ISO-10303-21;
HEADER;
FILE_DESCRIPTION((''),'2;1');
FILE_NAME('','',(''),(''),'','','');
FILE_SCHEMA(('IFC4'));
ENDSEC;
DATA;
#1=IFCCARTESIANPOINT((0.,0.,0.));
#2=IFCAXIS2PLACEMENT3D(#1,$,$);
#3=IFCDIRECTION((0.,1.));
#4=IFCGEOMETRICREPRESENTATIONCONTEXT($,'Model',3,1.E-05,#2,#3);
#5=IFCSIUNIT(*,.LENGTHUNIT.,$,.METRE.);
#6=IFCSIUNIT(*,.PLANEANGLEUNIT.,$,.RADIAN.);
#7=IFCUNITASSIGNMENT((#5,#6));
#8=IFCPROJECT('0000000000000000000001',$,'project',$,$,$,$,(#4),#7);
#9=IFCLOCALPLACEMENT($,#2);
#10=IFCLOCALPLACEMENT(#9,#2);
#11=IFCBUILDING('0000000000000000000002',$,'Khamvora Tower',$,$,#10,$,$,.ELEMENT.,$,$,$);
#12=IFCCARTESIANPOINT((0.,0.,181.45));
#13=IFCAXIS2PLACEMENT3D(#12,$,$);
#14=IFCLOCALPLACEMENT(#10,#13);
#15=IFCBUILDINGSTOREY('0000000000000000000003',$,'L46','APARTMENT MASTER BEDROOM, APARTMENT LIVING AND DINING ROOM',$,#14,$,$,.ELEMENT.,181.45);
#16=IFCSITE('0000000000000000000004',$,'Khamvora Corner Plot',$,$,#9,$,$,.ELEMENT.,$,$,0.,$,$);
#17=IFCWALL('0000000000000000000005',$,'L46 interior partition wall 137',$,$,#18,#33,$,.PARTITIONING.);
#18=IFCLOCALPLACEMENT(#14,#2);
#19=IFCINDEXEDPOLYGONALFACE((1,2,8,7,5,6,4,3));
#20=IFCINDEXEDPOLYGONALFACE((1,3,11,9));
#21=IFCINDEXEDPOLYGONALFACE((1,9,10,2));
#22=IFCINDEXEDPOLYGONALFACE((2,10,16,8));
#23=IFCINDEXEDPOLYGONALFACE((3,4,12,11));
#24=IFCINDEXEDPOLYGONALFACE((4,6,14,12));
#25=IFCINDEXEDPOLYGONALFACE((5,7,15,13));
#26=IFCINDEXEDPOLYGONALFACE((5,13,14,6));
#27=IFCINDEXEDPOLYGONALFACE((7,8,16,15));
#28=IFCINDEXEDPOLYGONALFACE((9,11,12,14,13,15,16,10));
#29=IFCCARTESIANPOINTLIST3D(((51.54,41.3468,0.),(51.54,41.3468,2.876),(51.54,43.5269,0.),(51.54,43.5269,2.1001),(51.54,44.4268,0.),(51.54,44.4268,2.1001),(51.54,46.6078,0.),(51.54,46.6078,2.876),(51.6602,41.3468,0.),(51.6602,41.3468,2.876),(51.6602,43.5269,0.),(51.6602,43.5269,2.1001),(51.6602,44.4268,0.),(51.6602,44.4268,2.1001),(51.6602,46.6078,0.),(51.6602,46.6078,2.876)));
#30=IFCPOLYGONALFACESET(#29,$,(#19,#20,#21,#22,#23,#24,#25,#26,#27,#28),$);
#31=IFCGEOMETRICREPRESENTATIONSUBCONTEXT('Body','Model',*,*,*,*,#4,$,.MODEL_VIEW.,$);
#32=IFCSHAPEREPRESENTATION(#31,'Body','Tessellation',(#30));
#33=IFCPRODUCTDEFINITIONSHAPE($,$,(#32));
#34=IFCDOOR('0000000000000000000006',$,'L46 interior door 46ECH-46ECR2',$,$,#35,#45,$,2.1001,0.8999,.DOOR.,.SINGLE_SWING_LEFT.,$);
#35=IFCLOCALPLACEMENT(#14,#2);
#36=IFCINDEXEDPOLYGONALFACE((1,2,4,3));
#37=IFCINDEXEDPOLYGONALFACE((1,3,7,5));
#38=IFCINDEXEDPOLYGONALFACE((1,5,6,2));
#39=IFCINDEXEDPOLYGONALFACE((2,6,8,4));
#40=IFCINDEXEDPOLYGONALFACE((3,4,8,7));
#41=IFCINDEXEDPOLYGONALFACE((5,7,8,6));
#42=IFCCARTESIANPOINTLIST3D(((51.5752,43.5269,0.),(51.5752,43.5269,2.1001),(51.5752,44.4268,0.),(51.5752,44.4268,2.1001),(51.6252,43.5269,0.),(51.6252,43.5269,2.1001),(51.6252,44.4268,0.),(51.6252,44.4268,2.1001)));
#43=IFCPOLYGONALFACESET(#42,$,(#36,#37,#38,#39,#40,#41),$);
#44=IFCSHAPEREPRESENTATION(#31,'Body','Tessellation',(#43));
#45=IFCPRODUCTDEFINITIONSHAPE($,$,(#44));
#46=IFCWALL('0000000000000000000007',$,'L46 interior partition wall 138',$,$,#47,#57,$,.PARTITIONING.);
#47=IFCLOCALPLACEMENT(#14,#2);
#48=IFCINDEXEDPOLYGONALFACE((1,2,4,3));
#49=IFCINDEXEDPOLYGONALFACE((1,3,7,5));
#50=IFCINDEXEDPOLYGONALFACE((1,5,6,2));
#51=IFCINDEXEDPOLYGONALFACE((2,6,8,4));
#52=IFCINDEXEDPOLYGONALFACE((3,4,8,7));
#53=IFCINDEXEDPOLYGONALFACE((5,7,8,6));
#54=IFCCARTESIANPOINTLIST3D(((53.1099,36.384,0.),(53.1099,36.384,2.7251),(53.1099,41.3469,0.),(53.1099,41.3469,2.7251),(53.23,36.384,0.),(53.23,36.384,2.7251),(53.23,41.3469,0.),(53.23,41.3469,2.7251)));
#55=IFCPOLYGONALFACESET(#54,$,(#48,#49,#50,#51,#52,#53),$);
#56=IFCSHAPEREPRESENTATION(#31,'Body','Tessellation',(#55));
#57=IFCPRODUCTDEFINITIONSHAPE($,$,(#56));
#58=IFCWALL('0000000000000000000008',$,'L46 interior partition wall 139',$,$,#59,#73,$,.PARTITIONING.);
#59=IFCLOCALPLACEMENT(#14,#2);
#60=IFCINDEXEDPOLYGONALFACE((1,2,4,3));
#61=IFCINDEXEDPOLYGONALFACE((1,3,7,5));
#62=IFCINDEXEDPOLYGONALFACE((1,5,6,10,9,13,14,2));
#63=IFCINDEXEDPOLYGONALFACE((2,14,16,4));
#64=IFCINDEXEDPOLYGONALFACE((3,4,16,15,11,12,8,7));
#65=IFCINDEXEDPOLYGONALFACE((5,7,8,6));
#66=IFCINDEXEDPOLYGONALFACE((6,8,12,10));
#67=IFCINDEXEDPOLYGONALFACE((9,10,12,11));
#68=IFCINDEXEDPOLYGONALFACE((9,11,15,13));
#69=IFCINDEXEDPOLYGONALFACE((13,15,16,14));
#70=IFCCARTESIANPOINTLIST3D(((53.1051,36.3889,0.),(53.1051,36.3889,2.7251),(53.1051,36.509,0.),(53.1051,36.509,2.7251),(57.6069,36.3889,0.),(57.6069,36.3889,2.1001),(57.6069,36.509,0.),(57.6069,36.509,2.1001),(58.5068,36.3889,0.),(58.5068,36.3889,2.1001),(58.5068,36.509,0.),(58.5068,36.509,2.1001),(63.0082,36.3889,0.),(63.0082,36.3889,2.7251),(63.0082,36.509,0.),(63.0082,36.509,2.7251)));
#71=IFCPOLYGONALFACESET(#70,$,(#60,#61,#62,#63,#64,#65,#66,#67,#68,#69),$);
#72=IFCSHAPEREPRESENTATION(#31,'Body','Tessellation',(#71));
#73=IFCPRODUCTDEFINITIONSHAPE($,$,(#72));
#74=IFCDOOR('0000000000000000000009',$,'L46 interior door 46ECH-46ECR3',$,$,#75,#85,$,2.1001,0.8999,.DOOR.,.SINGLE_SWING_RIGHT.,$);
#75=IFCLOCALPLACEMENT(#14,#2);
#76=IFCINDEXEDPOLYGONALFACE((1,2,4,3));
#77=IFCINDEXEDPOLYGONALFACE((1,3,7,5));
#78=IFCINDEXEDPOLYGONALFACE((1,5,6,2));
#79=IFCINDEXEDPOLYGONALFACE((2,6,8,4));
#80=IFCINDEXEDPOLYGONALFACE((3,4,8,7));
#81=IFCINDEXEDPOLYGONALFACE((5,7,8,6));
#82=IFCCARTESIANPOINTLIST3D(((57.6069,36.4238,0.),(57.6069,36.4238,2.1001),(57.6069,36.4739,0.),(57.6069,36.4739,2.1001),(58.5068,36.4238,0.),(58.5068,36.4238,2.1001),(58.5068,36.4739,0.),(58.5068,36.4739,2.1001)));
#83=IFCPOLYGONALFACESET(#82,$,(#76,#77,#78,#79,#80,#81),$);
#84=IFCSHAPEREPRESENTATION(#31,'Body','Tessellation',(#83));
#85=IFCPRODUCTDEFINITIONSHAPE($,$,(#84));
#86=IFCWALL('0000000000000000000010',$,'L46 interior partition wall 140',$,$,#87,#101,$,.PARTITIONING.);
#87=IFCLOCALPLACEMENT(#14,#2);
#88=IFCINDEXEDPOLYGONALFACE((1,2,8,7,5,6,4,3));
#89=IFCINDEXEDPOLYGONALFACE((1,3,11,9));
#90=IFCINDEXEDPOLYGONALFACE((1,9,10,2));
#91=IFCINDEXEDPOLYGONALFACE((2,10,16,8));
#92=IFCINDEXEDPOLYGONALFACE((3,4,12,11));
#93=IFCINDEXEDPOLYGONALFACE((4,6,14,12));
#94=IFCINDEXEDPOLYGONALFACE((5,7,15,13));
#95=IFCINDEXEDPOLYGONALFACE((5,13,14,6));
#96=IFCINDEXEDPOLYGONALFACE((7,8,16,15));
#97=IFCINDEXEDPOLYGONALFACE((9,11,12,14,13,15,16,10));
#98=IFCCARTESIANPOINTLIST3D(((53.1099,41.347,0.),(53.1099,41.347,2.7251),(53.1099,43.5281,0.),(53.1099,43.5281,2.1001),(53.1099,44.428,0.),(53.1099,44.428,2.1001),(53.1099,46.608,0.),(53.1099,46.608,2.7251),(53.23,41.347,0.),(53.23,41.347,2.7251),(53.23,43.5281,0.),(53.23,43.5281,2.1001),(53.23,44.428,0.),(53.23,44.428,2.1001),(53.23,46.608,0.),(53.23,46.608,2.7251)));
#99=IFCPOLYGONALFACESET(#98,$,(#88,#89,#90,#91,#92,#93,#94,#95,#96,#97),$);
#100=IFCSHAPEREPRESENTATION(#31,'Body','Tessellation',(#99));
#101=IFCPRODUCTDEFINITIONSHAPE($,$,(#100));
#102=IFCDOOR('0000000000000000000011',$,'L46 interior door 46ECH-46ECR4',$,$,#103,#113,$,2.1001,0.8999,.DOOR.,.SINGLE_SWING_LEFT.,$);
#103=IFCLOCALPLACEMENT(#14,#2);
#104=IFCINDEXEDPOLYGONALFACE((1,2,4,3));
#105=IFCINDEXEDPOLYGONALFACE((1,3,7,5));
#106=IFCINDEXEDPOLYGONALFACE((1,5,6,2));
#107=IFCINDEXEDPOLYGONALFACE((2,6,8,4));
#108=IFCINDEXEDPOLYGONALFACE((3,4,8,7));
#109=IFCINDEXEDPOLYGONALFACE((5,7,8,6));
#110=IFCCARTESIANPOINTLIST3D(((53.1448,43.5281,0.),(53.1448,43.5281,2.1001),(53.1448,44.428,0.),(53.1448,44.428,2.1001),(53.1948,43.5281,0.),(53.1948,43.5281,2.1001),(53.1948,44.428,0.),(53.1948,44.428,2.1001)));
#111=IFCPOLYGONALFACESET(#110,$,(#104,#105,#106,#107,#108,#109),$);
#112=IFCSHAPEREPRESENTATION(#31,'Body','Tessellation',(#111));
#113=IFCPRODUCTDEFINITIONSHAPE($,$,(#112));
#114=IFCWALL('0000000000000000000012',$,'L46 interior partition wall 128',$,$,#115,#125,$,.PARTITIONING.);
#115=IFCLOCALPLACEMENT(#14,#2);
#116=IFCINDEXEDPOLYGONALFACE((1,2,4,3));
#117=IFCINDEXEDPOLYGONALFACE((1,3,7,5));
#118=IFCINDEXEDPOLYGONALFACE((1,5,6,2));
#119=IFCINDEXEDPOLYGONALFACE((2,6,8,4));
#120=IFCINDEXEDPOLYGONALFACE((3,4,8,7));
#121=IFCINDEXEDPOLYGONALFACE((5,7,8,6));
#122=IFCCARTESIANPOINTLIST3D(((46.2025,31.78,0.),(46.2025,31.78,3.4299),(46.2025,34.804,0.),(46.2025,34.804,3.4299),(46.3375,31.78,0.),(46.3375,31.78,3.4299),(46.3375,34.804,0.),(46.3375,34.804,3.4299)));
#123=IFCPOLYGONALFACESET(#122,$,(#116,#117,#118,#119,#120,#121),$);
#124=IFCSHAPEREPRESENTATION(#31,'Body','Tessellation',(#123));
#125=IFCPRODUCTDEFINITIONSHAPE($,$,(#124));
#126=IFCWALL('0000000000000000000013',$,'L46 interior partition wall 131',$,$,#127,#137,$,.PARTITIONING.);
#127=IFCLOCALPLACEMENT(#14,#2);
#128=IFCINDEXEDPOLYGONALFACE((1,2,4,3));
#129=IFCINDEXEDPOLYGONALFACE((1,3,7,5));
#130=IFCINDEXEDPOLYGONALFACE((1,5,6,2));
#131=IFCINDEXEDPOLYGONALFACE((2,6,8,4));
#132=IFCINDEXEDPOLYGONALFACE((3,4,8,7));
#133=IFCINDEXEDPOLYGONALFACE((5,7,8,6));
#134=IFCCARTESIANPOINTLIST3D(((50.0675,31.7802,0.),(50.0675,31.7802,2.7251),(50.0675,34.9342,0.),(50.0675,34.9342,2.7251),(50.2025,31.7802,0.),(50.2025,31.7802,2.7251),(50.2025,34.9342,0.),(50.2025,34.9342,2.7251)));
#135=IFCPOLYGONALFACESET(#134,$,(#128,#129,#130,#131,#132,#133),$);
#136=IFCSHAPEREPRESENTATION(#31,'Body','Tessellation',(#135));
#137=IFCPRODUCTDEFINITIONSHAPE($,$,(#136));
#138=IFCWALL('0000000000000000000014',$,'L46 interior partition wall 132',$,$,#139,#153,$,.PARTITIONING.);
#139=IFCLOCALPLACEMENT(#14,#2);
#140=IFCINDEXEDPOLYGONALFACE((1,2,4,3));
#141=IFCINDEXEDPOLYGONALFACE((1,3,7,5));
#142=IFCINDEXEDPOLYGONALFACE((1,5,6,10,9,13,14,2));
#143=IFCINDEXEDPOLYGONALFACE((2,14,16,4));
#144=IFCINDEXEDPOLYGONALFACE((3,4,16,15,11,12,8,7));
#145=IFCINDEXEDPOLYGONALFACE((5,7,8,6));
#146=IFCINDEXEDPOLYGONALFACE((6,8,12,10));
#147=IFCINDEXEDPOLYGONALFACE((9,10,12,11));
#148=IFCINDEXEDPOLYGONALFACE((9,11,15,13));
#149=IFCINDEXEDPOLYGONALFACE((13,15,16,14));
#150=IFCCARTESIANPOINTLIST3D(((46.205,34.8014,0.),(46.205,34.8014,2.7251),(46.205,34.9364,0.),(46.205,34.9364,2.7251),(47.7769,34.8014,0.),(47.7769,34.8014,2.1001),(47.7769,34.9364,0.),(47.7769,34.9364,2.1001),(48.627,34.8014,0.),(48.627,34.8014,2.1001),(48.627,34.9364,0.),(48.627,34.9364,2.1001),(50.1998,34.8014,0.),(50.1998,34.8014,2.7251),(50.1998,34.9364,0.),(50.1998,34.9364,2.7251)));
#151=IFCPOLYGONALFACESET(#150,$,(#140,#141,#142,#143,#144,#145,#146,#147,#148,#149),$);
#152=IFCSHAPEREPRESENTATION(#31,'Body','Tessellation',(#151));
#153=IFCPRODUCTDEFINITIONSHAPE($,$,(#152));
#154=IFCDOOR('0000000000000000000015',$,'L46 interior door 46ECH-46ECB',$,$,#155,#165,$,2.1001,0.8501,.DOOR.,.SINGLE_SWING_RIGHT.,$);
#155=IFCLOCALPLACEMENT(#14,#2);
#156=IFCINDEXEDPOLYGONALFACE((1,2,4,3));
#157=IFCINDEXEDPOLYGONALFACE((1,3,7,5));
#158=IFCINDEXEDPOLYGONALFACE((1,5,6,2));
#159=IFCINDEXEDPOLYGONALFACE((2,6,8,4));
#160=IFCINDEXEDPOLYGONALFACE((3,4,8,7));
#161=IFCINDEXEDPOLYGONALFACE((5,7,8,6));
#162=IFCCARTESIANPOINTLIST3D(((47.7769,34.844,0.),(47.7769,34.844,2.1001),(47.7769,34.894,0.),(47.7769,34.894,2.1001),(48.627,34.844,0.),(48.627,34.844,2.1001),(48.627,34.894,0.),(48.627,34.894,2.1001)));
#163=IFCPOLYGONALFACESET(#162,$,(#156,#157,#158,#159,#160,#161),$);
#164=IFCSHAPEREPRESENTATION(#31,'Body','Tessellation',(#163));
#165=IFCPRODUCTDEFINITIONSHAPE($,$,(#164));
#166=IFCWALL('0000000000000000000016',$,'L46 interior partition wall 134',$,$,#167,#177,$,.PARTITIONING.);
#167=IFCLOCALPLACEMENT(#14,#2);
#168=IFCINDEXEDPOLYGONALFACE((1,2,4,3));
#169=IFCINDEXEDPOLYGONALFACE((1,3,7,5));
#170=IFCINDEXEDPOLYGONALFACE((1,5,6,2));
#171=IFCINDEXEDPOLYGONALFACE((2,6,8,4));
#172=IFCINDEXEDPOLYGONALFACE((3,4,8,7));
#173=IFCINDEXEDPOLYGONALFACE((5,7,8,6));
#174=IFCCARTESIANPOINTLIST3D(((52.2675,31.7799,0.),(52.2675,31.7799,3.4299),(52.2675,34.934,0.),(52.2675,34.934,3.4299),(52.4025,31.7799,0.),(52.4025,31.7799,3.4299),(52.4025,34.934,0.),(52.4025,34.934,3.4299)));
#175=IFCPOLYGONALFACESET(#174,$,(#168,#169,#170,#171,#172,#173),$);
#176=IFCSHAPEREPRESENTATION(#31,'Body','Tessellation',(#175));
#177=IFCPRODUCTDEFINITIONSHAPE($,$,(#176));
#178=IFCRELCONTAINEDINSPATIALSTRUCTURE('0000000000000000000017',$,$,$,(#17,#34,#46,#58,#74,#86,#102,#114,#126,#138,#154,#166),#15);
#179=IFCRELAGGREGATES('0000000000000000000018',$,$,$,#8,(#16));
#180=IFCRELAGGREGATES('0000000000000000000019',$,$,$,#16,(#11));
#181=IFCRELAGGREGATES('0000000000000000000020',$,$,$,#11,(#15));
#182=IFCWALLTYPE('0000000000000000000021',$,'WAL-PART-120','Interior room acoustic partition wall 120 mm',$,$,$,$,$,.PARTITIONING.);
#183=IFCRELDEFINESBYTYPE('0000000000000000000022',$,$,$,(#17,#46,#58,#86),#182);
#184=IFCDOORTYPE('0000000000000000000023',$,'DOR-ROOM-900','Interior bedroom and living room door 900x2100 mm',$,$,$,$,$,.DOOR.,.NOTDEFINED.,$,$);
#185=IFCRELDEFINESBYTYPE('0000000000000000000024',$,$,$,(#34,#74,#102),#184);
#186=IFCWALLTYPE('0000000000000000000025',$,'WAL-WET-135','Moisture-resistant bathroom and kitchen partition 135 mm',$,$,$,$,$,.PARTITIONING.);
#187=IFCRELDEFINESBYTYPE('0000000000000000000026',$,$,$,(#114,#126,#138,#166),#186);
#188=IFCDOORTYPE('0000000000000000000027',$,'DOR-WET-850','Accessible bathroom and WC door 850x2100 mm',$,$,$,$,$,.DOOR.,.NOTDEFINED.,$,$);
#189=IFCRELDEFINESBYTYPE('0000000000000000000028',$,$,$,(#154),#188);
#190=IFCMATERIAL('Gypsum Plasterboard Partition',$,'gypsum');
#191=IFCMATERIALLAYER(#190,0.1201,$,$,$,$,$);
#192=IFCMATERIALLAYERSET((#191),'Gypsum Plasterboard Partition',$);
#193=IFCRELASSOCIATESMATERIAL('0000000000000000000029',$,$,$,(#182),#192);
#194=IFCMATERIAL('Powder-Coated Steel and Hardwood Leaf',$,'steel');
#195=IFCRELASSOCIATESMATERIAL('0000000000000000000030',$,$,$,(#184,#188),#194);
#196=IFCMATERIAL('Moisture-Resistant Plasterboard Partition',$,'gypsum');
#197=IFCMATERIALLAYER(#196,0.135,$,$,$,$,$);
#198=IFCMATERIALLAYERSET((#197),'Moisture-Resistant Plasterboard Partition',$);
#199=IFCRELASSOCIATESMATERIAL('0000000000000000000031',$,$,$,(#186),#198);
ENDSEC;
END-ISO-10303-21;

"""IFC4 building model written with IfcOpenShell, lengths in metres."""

from ifc_helpers import new_model, si_unit, direction, frame, frame_2d, origin, place, context, subcontext, project, spatial, rectangle, extrude, material, layer, layer_set, type_object, element, fill, save


model = new_model("IFC4")

# Units and contexts
model_context = context("Model", 3, precision=1e-05, world=origin(), true_north=direction((0.0, 1.0)))
body_context = subcontext(model_context, "Body", "Model", "MODEL_VIEW")
ifc_project = project(units=[si_unit("LENGTHUNIT", "METRE"), si_unit("PLANEANGLEUNIT", "RADIAN")], contexts=[model_context])

# Site, building, storey
site_placement = place(None, origin())
site = spatial("IfcSite", under=ifc_project, at=site_placement, Name="Khamvora Corner Plot", CompositionType="ELEMENT", RefElevation=0.0)
building_placement = place(site_placement, origin())
building = spatial("IfcBuilding", under=site, at=building_placement, Name="Khamvora Tower", CompositionType="ELEMENT")
storey_placement = place(building_placement, frame((0.0, 0.0, 181.45)))
storey = spatial("IfcBuildingStorey", under=building, at=storey_placement, Name="L46", Description="APARTMENT MASTER BEDROOM, APARTMENT LIVING AND DINING ROOM", CompositionType="ELEMENT", Elevation=181.45)

# Shared definitions
ifc_material_1 = material(Name="Powder-Coated Steel and Hardwood Leaf", Category="steel")

# Shared definitions
ifc_material_2 = material(Name="Gypsum Plasterboard Partition", Category="gypsum")
ifc_layer_1 = layer(ifc_material_2, 0.1201)
ifc_layer_set_1 = layer_set([ifc_layer_1], Name="Gypsum Plasterboard Partition")
wall_type_1 = type_object("IfcWallType", Name="WAL-PART-120", Description="Interior room acoustic partition wall 120 mm", PredefinedType="PARTITIONING", material=ifc_layer_set_1)

# Wall, opening, door
wall_1_placement = place(storey_placement, frame((51.6001, 41.3469, 0.0), z_axis=(0.0, 0.0, 1.0), x_axis=(0.0, 1.0, 0.0)))
wall_1 = element("IfcWall", 1, at=wall_1_placement, inside=storey, type_object=wall_type_1, Name="L46 interior partition wall 137", PredefinedType="PARTITIONING", context=body_context, shape_type="SweptSolid", body=[
    extrude(rectangle(XDim=5.261, YDim=0.1201, at=frame_2d((2.6304, 0.0))), origin(), (0.0, 0.0, 1.0), 2.876),
])
opening_1_placement = place(wall_1_placement, frame((2.1799, 0.0, 0.0)))
opening_1 = element("IfcOpeningElement", 2, at=opening_1_placement, cuts=wall_1, PredefinedType="OPENING", context=body_context, shape_type="SweptSolid", body=[
    extrude(rectangle(XDim=0.8999, YDim=2.1001, at=frame_2d((0.45, 1.05))), frame((0.0, 0.0701, 0.0), z_axis=(0.0, -1.0, 0.0), x_axis=(1.0, 0.0, 0.0)), (0.0, 0.0, 1.0), 0.1401),
])
door_type_1 = type_object("IfcDoorType", Name="DOR-ROOM-900", Description="Interior bedroom and living room door 900x2100 mm", OperationType="NOTDEFINED", PredefinedType="DOOR", material=ifc_material_1)
door_1_placement = place(opening_1_placement, origin())
door_1 = element("IfcDoor", 3, at=door_1_placement, inside=storey, type_object=door_type_1, Name="L46 interior door 46ECH-46ECR2", OperationType="SINGLE_SWING_LEFT", OverallHeight=2.1001, OverallWidth=0.8999, PredefinedType="DOOR", context=body_context, shape_type="SweptSolid", body=[
    extrude(rectangle(XDim=0.8999, YDim=2.1001, at=frame_2d((0.45, 1.05))), frame((0.0, 0.0249, 0.0), z_axis=(0.0, -1.0, 0.0), x_axis=(1.0, 0.0, 0.0)), (0.0, 0.0, 1.0), 0.05),
])
fill(opening_1, door_1)

# Wall
wall_2_placement = place(storey_placement, frame((53.1699, 41.3469, 0.0), z_axis=(0.0, 0.0, 1.0), x_axis=(0.0, -1.0, 0.0)))
element("IfcWall", 4, at=wall_2_placement, inside=storey, type_object=wall_type_1, Name="L46 interior partition wall 138", PredefinedType="PARTITIONING", context=body_context, shape_type="SweptSolid", body=[
    extrude(rectangle(XDim=4.9629, YDim=0.1201, at=frame_2d((2.4814, 0.0))), origin(), (0.0, 0.0, 1.0), 2.7251),
])

# Walls, openings, doors
wall_3_placement = place(storey_placement, frame((53.105, 36.449, 0.0), z_axis=(0.0, 0.0, 1.0), x_axis=(1.0, 0.0, 0.0)))
wall_3 = element("IfcWall", 5, at=wall_3_placement, inside=storey, type_object=wall_type_1, Name="L46 interior partition wall 139", PredefinedType="PARTITIONING", context=body_context, shape_type="SweptSolid", body=[
    extrude(rectangle(XDim=9.9031, YDim=0.1201, at=frame_2d((4.9517, 0.0))), origin(), (0.0, 0.0, 1.0), 2.7251),
])
opening_2_placement = place(wall_3_placement, frame((4.502, 0.0, 0.0)))
opening_2 = element("IfcOpeningElement", 6, at=opening_2_placement, cuts=wall_3, PredefinedType="OPENING", context=body_context, shape_type="SweptSolid", body=[
    extrude(rectangle(XDim=0.8999, YDim=2.1001, at=frame_2d((0.45, 1.05))), frame((0.0, 0.0701, 0.0), z_axis=(0.0, -1.0, 0.0), x_axis=(1.0, 0.0, 0.0)), (0.0, 0.0, 1.0), 0.1401),
])
door_2_placement = place(opening_2_placement, origin())
door_2 = element("IfcDoor", 7, at=door_2_placement, inside=storey, type_object=door_type_1, Name="L46 interior door 46ECH-46ECR3", OperationType="SINGLE_SWING_RIGHT", OverallHeight=2.1001, OverallWidth=0.8999, PredefinedType="DOOR", context=body_context, shape_type="SweptSolid", body=[
    extrude(rectangle(XDim=0.8999, YDim=2.1001, at=frame_2d((0.45, 1.05))), frame((0.0, 0.0249, 0.0), z_axis=(0.0, -1.0, 0.0), x_axis=(1.0, 0.0, 0.0)), (0.0, 0.0, 1.0), 0.05),
])
fill(opening_2, door_2)
wall_4_placement = place(storey_placement, frame((53.1699, 46.6079, 0.0), z_axis=(0.0, 0.0, 1.0), x_axis=(0.0, -1.0, 0.0)))
wall_4 = element("IfcWall", 8, at=wall_4_placement, inside=storey, type_object=wall_type_1, Name="L46 interior partition wall 140", PredefinedType="PARTITIONING", context=body_context, shape_type="SweptSolid", body=[
    extrude(rectangle(XDim=5.261, YDim=0.1201, at=frame_2d((2.6304, 0.0))), origin(), (0.0, 0.0, 1.0), 2.7251),
])
opening_3_placement = place(wall_4_placement, frame((2.1799, 0.0, 0.0)))
opening_3 = element("IfcOpeningElement", 9, at=opening_3_placement, cuts=wall_4, PredefinedType="OPENING", context=body_context, shape_type="SweptSolid", body=[
    extrude(rectangle(XDim=0.8999, YDim=2.1001, at=frame_2d((0.45, 1.05))), frame((0.0, 0.0701, 0.0), z_axis=(0.0, -1.0, 0.0), x_axis=(1.0, 0.0, 0.0)), (0.0, 0.0, 1.0), 0.1401),
])
door_3_placement = place(opening_3_placement, origin())
door_3 = element("IfcDoor", 10, at=door_3_placement, inside=storey, type_object=door_type_1, Name="L46 interior door 46ECH-46ECR4", OperationType="SINGLE_SWING_LEFT", OverallHeight=2.1001, OverallWidth=0.8999, PredefinedType="DOOR", context=body_context, shape_type="SweptSolid", body=[
    extrude(rectangle(XDim=0.8999, YDim=2.1001, at=frame_2d((0.45, 1.05))), frame((0.0, 0.0249, 0.0), z_axis=(0.0, -1.0, 0.0), x_axis=(1.0, 0.0, 0.0)), (0.0, 0.0, 1.0), 0.05),
])
fill(opening_3, door_3)

# Walls
ifc_material_3 = material(Name="Moisture-Resistant Plasterboard Partition", Category="gypsum")
ifc_layer_2 = layer(ifc_material_3, 0.135)
ifc_layer_set_2 = layer_set([ifc_layer_2], Name="Moisture-Resistant Plasterboard Partition")
wall_type_2 = type_object("IfcWallType", Name="WAL-WET-135", Description="Moisture-resistant bathroom and kitchen partition 135 mm", PredefinedType="PARTITIONING", material=ifc_layer_set_2)
wall_5_placement = place(storey_placement, frame((46.27, 34.804, 0.0), z_axis=(0.0, 0.0, 1.0), x_axis=(0.0, -1.0, 0.0)))
element("IfcWall", 11, at=wall_5_placement, inside=storey, type_object=wall_type_2, Name="L46 interior partition wall 128", PredefinedType="PARTITIONING", context=body_context, shape_type="SweptSolid", body=[
    extrude(rectangle(XDim=3.0239, YDim=0.135, at=frame_2d((1.512, 0.0))), origin(), (0.0, 0.0, 1.0), 3.4299),
])
wall_6_placement = place(storey_placement, frame((50.135, 31.78, 0.0), z_axis=(0.0, 0.0, 1.0), x_axis=(0.0, 1.0, 0.0)))
element("IfcWall", 12, at=wall_6_placement, inside=storey, type_object=wall_type_2, Name="L46 interior partition wall 131", PredefinedType="PARTITIONING", context=body_context, shape_type="SweptSolid", body=[
    extrude(rectangle(XDim=3.1541, YDim=0.135, at=frame_2d((1.5771, 0.0))), origin(), (0.0, 0.0, 1.0), 2.7251),
])

# Wall, opening, door
wall_7_placement = place(storey_placement, frame((50.2, 34.8689, 0.0), z_axis=(0.0, 0.0, 1.0), x_axis=(-1.0, 0.0, 0.0)))
wall_7 = element("IfcWall", 13, at=wall_7_placement, inside=storey, type_object=wall_type_2, Name="L46 interior partition wall 132", PredefinedType="PARTITIONING", context=body_context, shape_type="SweptSolid", body=[
    extrude(rectangle(XDim=3.9949, YDim=0.135, at=frame_2d((1.9976, 0.0))), origin(), (0.0, 0.0, 1.0), 2.7251),
])
opening_4_placement = place(wall_7_placement, frame((1.573, 0.0, 0.0)))
opening_4 = element("IfcOpeningElement", 14, at=opening_4_placement, cuts=wall_7, PredefinedType="OPENING", context=body_context, shape_type="SweptSolid", body=[
    extrude(rectangle(XDim=0.8501, YDim=2.1001, at=frame_2d((0.425, 1.05))), frame((0.0, 0.0774, 0.0), z_axis=(0.0, -1.0, 0.0), x_axis=(1.0, 0.0, 0.0)), (0.0, 0.0, 1.0), 0.155),
])
door_type_2 = type_object("IfcDoorType", Name="DOR-WET-850", Description="Accessible bathroom and WC door 850x2100 mm", OperationType="NOTDEFINED", PredefinedType="DOOR", material=ifc_material_1)
door_4_placement = place(opening_4_placement, origin())
door_4 = element("IfcDoor", 15, at=door_4_placement, inside=storey, type_object=door_type_2, Name="L46 interior door 46ECH-46ECB", OperationType="SINGLE_SWING_RIGHT", OverallHeight=2.1001, OverallWidth=0.8501, PredefinedType="DOOR", context=body_context, shape_type="SweptSolid", body=[
    extrude(rectangle(XDim=0.8501, YDim=2.1001, at=frame_2d((0.425, 1.05))), frame((0.0, 0.0249, 0.0), z_axis=(0.0, -1.0, 0.0), x_axis=(1.0, 0.0, 0.0)), (0.0, 0.0, 1.0), 0.05),
])
fill(opening_4, door_4)

# Wall
wall_8_placement = place(storey_placement, frame((52.335, 34.9341, 0.0), z_axis=(0.0, 0.0, 1.0), x_axis=(0.0, -1.0, 0.0)))
element("IfcWall", 16, at=wall_8_placement, inside=storey, type_object=wall_type_2, Name="L46 interior partition wall 134", PredefinedType="PARTITIONING", context=body_context, shape_type="SweptSolid", body=[
    extrude(rectangle(XDim=3.1541, YDim=0.135, at=frame_2d((1.5771, 0.0))), origin(), (0.0, 0.0, 1.0), 3.4299),
])

save(model, "model.ifc")
